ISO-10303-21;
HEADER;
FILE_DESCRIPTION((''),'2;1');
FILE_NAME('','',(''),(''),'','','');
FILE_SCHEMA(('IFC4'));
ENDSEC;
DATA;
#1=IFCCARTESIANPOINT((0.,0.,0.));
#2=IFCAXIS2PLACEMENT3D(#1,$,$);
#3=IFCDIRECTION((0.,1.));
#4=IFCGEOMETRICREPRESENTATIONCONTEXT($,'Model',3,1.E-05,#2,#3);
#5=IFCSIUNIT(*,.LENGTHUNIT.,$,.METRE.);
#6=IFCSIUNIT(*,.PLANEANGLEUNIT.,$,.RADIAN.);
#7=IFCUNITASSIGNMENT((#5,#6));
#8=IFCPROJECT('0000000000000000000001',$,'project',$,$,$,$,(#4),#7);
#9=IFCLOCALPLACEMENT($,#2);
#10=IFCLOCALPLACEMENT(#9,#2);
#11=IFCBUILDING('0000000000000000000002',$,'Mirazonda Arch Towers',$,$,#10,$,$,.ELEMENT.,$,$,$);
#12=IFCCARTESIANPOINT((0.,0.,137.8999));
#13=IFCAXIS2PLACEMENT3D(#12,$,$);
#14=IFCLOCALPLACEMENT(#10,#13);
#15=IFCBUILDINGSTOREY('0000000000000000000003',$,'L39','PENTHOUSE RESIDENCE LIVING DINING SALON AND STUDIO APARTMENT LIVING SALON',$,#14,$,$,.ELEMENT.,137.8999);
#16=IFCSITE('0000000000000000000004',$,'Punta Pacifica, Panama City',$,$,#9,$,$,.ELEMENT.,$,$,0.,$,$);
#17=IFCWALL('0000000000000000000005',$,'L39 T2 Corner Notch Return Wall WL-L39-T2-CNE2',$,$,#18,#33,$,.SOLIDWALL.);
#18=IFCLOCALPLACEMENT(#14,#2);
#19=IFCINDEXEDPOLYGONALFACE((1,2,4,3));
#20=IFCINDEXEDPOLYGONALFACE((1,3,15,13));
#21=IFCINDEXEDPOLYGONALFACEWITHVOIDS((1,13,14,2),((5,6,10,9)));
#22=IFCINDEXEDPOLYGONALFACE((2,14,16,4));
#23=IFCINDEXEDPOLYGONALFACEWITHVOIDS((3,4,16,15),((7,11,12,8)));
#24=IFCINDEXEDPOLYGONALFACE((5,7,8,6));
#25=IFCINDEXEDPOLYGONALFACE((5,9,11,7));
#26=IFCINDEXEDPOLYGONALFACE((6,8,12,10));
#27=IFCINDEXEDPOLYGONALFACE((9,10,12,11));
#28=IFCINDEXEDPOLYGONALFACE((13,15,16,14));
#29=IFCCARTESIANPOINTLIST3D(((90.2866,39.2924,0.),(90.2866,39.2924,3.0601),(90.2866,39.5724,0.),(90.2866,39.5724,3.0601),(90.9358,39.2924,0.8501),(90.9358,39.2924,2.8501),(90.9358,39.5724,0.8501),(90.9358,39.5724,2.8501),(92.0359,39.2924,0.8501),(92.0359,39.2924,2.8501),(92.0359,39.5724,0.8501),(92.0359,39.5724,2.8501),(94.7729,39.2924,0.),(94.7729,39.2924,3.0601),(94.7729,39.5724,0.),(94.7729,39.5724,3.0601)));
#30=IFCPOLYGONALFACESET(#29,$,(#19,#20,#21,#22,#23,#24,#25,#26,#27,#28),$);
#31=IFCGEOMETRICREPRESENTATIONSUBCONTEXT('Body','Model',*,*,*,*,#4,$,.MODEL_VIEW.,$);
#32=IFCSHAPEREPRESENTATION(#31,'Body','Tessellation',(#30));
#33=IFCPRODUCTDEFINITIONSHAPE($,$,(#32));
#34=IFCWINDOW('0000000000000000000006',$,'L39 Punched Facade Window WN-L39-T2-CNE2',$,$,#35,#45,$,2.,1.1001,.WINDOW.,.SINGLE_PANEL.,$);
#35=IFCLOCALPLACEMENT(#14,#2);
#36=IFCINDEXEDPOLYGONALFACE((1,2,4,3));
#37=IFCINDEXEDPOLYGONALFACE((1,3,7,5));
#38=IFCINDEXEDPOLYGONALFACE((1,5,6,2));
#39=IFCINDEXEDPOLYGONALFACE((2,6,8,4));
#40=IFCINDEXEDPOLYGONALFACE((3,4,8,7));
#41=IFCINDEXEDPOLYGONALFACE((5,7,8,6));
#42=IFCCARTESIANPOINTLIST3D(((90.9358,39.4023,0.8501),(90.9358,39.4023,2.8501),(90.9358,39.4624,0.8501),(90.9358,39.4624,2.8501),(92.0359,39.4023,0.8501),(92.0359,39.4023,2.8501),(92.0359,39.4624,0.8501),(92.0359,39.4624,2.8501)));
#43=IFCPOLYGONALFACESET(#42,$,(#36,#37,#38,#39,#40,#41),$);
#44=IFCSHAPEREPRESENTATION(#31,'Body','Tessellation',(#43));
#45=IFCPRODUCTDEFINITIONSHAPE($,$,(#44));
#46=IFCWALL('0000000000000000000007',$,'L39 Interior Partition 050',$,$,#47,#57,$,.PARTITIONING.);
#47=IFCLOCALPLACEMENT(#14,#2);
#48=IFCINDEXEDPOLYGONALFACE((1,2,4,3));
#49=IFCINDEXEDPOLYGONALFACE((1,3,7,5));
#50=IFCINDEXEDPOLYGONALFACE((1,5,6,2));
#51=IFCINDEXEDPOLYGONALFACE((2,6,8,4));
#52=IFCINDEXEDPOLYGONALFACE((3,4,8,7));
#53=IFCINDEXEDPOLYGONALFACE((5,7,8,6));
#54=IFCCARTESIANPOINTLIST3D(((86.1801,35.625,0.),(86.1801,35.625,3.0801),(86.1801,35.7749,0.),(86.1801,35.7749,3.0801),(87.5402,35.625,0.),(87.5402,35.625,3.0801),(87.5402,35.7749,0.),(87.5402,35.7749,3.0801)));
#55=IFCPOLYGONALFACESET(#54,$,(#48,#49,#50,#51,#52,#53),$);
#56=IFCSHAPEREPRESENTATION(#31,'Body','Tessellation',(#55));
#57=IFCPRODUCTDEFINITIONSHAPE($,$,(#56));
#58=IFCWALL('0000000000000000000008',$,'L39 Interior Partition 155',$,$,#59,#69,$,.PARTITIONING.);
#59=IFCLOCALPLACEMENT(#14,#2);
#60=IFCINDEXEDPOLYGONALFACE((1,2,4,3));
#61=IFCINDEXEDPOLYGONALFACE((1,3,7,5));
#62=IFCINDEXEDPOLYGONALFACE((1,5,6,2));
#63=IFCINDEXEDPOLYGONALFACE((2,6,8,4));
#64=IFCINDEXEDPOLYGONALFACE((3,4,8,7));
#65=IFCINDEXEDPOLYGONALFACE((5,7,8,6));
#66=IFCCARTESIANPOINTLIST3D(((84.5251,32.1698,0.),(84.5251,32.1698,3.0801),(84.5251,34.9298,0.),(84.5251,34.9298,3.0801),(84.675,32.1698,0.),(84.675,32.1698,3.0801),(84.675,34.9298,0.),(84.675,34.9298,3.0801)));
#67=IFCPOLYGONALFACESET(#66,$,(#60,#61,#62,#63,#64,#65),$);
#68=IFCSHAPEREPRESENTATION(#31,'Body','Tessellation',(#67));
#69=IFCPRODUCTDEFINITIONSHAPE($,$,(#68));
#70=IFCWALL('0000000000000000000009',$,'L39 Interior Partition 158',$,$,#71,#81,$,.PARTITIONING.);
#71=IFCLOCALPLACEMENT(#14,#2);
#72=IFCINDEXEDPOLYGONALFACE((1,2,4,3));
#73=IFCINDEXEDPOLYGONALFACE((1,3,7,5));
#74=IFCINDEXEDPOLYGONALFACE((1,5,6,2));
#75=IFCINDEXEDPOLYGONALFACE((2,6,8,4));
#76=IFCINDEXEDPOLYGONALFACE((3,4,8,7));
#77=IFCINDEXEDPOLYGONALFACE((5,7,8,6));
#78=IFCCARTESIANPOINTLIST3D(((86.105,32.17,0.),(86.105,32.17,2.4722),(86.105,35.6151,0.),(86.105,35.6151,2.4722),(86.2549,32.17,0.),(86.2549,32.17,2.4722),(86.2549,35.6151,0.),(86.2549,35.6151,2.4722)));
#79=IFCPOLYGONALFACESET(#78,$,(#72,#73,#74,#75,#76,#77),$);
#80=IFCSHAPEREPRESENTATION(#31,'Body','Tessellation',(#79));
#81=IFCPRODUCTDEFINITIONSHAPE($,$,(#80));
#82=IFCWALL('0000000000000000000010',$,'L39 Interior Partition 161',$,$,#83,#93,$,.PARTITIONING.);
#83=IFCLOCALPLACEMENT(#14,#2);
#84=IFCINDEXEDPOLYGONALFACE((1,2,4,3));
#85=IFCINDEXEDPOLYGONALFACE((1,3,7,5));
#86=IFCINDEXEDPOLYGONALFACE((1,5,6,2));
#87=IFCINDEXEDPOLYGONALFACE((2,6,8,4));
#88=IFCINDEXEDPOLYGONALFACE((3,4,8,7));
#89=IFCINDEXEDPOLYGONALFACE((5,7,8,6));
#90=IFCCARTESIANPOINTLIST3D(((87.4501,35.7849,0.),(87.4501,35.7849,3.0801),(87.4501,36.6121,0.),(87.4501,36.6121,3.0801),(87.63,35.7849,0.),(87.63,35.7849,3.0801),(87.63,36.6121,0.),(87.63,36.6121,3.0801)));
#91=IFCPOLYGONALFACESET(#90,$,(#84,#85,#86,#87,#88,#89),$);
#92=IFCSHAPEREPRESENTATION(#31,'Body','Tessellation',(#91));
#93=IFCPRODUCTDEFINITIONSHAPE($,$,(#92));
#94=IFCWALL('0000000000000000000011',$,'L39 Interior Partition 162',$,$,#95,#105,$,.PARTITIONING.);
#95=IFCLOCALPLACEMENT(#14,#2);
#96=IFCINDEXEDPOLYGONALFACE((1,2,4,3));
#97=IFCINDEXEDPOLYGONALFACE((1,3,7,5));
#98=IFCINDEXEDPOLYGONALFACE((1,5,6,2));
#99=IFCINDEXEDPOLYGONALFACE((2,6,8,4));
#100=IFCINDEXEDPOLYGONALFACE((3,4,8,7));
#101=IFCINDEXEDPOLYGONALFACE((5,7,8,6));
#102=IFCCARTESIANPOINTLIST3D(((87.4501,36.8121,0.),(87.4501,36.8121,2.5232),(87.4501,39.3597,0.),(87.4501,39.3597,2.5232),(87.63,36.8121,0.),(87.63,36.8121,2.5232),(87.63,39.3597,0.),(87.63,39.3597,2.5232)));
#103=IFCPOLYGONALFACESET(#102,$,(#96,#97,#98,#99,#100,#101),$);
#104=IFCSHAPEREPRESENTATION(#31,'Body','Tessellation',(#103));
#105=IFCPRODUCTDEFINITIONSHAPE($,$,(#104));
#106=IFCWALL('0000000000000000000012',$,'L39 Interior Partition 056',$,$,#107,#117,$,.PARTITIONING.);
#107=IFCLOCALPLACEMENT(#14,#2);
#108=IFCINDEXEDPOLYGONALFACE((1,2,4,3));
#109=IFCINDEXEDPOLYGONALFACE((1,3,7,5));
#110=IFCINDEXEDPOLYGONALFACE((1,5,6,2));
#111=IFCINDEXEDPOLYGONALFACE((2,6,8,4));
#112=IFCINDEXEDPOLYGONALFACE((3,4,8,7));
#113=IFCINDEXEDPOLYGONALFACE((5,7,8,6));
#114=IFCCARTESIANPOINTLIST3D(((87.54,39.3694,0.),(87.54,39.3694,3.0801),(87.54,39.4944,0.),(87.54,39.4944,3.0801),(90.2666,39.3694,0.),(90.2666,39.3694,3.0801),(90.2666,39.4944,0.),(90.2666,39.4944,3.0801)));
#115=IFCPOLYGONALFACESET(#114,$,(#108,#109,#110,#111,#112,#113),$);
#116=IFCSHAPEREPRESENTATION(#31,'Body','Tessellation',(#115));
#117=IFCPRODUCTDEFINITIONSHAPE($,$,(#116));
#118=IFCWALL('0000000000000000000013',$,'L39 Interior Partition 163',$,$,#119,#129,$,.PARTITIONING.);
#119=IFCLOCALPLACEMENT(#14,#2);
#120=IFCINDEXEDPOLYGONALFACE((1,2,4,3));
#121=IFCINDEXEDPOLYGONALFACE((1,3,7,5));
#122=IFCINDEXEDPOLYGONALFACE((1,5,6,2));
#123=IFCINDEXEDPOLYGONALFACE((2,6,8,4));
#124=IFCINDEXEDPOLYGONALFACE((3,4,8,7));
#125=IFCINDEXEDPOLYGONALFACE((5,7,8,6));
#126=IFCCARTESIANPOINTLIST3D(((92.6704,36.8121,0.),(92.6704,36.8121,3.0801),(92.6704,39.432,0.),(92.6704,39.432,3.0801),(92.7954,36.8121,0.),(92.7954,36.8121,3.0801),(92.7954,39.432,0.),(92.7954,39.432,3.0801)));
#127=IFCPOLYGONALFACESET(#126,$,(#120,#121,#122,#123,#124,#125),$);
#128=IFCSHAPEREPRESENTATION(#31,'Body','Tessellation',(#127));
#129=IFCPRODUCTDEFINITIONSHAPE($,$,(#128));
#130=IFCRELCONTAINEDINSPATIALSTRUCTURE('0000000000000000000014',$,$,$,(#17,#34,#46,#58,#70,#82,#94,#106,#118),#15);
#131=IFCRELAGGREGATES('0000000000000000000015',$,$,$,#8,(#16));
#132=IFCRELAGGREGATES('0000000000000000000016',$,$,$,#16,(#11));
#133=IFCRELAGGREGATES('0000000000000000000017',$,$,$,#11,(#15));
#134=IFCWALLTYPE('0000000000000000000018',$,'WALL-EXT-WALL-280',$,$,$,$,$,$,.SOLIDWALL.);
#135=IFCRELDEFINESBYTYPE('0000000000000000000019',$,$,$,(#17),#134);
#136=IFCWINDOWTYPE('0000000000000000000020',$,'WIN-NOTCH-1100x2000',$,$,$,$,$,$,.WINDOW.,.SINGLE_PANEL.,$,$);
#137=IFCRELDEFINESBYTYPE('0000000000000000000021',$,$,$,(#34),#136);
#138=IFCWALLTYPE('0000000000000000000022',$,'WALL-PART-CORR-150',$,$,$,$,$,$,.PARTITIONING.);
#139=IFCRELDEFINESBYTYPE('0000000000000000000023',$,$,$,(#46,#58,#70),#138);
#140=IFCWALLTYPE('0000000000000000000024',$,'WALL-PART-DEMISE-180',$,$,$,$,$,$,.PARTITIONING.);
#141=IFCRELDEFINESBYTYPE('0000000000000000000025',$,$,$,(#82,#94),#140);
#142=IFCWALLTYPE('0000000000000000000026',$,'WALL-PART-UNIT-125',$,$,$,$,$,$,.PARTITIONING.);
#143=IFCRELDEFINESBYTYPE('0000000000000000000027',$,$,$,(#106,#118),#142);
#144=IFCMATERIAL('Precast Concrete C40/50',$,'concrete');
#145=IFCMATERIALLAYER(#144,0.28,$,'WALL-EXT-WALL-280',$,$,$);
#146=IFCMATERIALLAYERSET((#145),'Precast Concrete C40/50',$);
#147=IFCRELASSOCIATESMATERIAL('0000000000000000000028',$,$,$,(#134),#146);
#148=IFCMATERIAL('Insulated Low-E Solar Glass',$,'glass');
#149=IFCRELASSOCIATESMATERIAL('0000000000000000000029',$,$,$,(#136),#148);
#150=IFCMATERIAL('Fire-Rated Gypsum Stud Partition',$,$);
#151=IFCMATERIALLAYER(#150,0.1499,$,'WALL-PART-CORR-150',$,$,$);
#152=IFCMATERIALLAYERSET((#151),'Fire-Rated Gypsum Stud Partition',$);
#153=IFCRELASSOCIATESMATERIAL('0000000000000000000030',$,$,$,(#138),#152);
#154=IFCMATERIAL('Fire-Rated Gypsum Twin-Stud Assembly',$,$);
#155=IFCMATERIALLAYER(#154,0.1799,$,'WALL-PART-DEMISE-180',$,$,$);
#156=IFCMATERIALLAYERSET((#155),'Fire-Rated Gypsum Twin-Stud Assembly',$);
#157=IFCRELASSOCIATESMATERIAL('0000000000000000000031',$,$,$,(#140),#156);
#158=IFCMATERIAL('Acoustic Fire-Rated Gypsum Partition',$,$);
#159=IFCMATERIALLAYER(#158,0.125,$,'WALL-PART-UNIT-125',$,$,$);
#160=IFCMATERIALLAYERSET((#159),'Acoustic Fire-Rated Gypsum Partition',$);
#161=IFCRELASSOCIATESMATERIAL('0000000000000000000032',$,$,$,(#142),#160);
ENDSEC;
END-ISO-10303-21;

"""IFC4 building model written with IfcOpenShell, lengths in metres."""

from ifc_helpers import new_model, si_unit, direction, frame, frame_2d, origin, place, context, subcontext, project, spatial, rectangle, extrude, material, layer, layer_set, type_object, element, fill, save


model = new_model("IFC4")

# Units and contexts
model_context = context("Model", 3, precision=1e-05, world=origin(), true_north=direction((0.0, 1.0)))
body_context = subcontext(model_context, "Body", "Model", "MODEL_VIEW")
ifc_project = project(units=[si_unit("LENGTHUNIT", "METRE"), si_unit("PLANEANGLEUNIT", "RADIAN")], contexts=[model_context])

# Site, building, storey
site_placement = place(None, origin())
site = spatial("IfcSite", under=ifc_project, at=site_placement, Name="Punta Pacifica, Panama City", CompositionType="ELEMENT", RefElevation=0.0)
building_placement = place(site_placement, origin())
building = spatial("IfcBuilding", under=site, at=building_placement, Name="Mirazonda Arch Towers", CompositionType="ELEMENT")
storey_placement = place(building_placement, frame((0.0, 0.0, 137.8999)))
storey = spatial("IfcBuildingStorey", under=building, at=storey_placement, Name="L39", Description="PENTHOUSE RESIDENCE LIVING DINING SALON AND STUDIO APARTMENT LIVING SALON", CompositionType="ELEMENT", Elevation=137.8999)

# Shared definitions
ifc_material_1 = material(Name="Insulated Low-E Solar Glass", Category="glass")

# Wall, opening, window
ifc_material_2 = material(Name="Precast Concrete C40/50", Category="concrete")
ifc_layer_1 = layer(ifc_material_2, 0.28, Name="WALL-EXT-WALL-280")
ifc_layer_set_1 = layer_set([ifc_layer_1], Name="Precast Concrete C40/50")
wall_type_1 = type_object("IfcWallType", Name="WALL-EXT-WALL-280", PredefinedType="SOLIDWALL", material=ifc_layer_set_1)
window_type = type_object("IfcWindowType", Name="WIN-NOTCH-1100x2000", PartitioningType="SINGLE_PANEL", PredefinedType="WINDOW", material=ifc_material_1)
wall_1_placement = place(storey_placement, frame((94.7729, 39.4324, 0.0), z_axis=(0.0, 0.0, 1.0), x_axis=(-1.0, 0.0, 0.0)))
wall_1 = element("IfcWall", 1, at=wall_1_placement, inside=storey, type_object=wall_type_1, Name="L39 T2 Corner Notch Return Wall WL-L39-T2-CNE2", PredefinedType="SOLIDWALL", context=body_context, shape_type="SweptSolid", body=[
    extrude(rectangle(XDim=4.4863, YDim=0.28, at=frame_2d((2.2432, 0.0))), origin(), (0.0, 0.0, 1.0), 3.0601),
])
opening_1_placement = place(wall_1_placement, frame((2.7371, 0.0, 0.8501)))
opening_1 = element("IfcOpeningElement", 2, at=opening_1_placement, cuts=wall_1, PredefinedType="OPENING", context=body_context, shape_type="SweptSolid", body=[
    extrude(rectangle(XDim=1.1001, YDim=2.0, at=frame_2d((0.55, 1.0))), frame((0.0, 0.1499, 0.0), z_axis=(0.0, -1.0, 0.0), x_axis=(1.0, 0.0, 0.0)), (0.0, 0.0, 1.0), 0.3),
])
window_1_placement = place(opening_1_placement, origin())
window_1 = element("IfcWindow", 3, at=window_1_placement, inside=storey, type_object=window_type, Name="L39 Punched Facade Window WN-L39-T2-CNE2", OverallHeight=2.0, OverallWidth=1.1001, PartitioningType="SINGLE_PANEL", PredefinedType="WINDOW", context=body_context, shape_type="SweptSolid", body=[
    extrude(rectangle(XDim=1.1001, YDim=2.0, at=frame_2d((0.55, 1.0))), frame((0.0, 0.03, 0.0), z_axis=(0.0, -1.0, 0.0), x_axis=(1.0, 0.0, 0.0)), (0.0, 0.0, 1.0), 0.0601),
])
fill(opening_1, window_1)

# Walls
ifc_material_3 = material(Name="Fire-Rated Gypsum Stud Partition")
ifc_layer_2 = layer(ifc_material_3, 0.1499, Name="WALL-PART-CORR-150")
ifc_layer_set_2 = layer_set([ifc_layer_2], Name="Fire-Rated Gypsum Stud Partition")
wall_type_2 = type_object("IfcWallType", Name="WALL-PART-CORR-150", PredefinedType="PARTITIONING", material=ifc_layer_set_2)
wall_2_placement = place(storey_placement, frame((86.1799, 35.7, 0.0), z_axis=(0.0, 0.0, 1.0), x_axis=(1.0, 0.0, 0.0)))
element("IfcWall", 4, at=wall_2_placement, inside=storey, type_object=wall_type_2, Name="L39 Interior Partition 050", PredefinedType="PARTITIONING", context=body_context, shape_type="SweptSolid", body=[
    extrude(rectangle(XDim=1.3601, YDim=0.1499, at=frame_2d((0.6802, 0.0))), origin(), (0.0, 0.0, 1.0), 3.0801),
])
wall_3_placement = place(storey_placement, frame((84.6001, 32.1699, 0.0), z_axis=(0.0, 0.0, 1.0), x_axis=(0.0, 1.0, 0.0)))
element("IfcWall", 5, at=wall_3_placement, inside=storey, type_object=wall_type_2, Name="L39 Interior Partition 155", PredefinedType="PARTITIONING", context=body_context, shape_type="SweptSolid", body=[
    extrude(rectangle(XDim=2.76, YDim=0.1499, at=frame_2d((1.3799, 0.0))), origin(), (0.0, 0.0, 1.0), 3.0801),
])
wall_4_placement = place(storey_placement, frame((86.1799, 32.1699, 0.0), z_axis=(0.0, 0.0, 1.0), x_axis=(0.0, 1.0, 0.0)))
element("IfcWall", 6, at=wall_4_placement, inside=storey, type_object=wall_type_2, Name="L39 Interior Partition 158", PredefinedType="PARTITIONING", context=body_context, shape_type="SweptSolid", body=[
    extrude(rectangle(XDim=3.4451, YDim=0.1499, at=frame_2d((1.7227, 0.0))), origin(), (0.0, 0.0, 1.0), 2.4722),
])

# Shared definitions
ifc_material_4 = material(Name="Fire-Rated Gypsum Twin-Stud Assembly")
ifc_layer_3 = layer(ifc_material_4, 0.1799, Name="WALL-PART-DEMISE-180")
ifc_layer_set_3 = layer_set([ifc_layer_3], Name="Fire-Rated Gypsum Twin-Stud Assembly")
wall_type_3 = type_object("IfcWallType", Name="WALL-PART-DEMISE-180", PredefinedType="PARTITIONING", material=ifc_layer_set_3)

# Walls
wall_5_placement = place(storey_placement, frame((87.54, 35.7849, 0.0), z_axis=(0.0, 0.0, 1.0), x_axis=(0.0, 1.0, 0.0)))
element("IfcWall", 7, at=wall_5_placement, inside=storey, type_object=wall_type_3, Name="L39 Interior Partition 161", PredefinedType="PARTITIONING", context=body_context, shape_type="SweptSolid", body=[
    extrude(rectangle(XDim=0.8271, YDim=0.1799, at=frame_2d((0.4136, 0.0))), origin(), (0.0, 0.0, 1.0), 3.0801),
])
wall_6_placement = place(storey_placement, frame((87.54, 36.812, 0.0), z_axis=(0.0, 0.0, 1.0), x_axis=(0.0, 1.0, 0.0)))
element("IfcWall", 8, at=wall_6_placement, inside=storey, type_object=wall_type_3, Name="L39 Interior Partition 162", PredefinedType="PARTITIONING", context=body_context, shape_type="SweptSolid", body=[
    extrude(rectangle(XDim=2.5476, YDim=0.1799, at=frame_2d((1.2739, 0.0))), origin(), (0.0, 0.0, 1.0), 2.5232),
])
ifc_material_5 = material(Name="Acoustic Fire-Rated Gypsum Partition")
ifc_layer_4 = layer(ifc_material_5, 0.125, Name="WALL-PART-UNIT-125")
ifc_layer_set_4 = layer_set([ifc_layer_4], Name="Acoustic Fire-Rated Gypsum Partition")
wall_type_4 = type_object("IfcWallType", Name="WALL-PART-UNIT-125", PredefinedType="PARTITIONING", material=ifc_layer_set_4)
wall_7_placement = place(storey_placement, frame((87.54, 39.4319, 0.0), z_axis=(0.0, 0.0, 1.0), x_axis=(1.0, 0.0, 0.0)))
element("IfcWall", 9, at=wall_7_placement, inside=storey, type_object=wall_type_4, Name="L39 Interior Partition 056", PredefinedType="PARTITIONING", context=body_context, shape_type="SweptSolid", body=[
    extrude(rectangle(XDim=2.7266, YDim=0.125, at=frame_2d((1.3633, 0.0))), origin(), (0.0, 0.0, 1.0), 3.0801),
])
wall_8_placement = place(storey_placement, frame((92.7329, 36.812, 0.0), z_axis=(0.0, 0.0, 1.0), x_axis=(0.0, 1.0, 0.0)))
element("IfcWall", 10, at=wall_8_placement, inside=storey, type_object=wall_type_4, Name="L39 Interior Partition 163", PredefinedType="PARTITIONING", context=body_context, shape_type="SweptSolid", body=[
    extrude(rectangle(XDim=2.6199, YDim=0.125, at=frame_2d((1.3101, 0.0))), origin(), (0.0, 0.0, 1.0), 3.0801),
])

save(model, "model.ifc")
